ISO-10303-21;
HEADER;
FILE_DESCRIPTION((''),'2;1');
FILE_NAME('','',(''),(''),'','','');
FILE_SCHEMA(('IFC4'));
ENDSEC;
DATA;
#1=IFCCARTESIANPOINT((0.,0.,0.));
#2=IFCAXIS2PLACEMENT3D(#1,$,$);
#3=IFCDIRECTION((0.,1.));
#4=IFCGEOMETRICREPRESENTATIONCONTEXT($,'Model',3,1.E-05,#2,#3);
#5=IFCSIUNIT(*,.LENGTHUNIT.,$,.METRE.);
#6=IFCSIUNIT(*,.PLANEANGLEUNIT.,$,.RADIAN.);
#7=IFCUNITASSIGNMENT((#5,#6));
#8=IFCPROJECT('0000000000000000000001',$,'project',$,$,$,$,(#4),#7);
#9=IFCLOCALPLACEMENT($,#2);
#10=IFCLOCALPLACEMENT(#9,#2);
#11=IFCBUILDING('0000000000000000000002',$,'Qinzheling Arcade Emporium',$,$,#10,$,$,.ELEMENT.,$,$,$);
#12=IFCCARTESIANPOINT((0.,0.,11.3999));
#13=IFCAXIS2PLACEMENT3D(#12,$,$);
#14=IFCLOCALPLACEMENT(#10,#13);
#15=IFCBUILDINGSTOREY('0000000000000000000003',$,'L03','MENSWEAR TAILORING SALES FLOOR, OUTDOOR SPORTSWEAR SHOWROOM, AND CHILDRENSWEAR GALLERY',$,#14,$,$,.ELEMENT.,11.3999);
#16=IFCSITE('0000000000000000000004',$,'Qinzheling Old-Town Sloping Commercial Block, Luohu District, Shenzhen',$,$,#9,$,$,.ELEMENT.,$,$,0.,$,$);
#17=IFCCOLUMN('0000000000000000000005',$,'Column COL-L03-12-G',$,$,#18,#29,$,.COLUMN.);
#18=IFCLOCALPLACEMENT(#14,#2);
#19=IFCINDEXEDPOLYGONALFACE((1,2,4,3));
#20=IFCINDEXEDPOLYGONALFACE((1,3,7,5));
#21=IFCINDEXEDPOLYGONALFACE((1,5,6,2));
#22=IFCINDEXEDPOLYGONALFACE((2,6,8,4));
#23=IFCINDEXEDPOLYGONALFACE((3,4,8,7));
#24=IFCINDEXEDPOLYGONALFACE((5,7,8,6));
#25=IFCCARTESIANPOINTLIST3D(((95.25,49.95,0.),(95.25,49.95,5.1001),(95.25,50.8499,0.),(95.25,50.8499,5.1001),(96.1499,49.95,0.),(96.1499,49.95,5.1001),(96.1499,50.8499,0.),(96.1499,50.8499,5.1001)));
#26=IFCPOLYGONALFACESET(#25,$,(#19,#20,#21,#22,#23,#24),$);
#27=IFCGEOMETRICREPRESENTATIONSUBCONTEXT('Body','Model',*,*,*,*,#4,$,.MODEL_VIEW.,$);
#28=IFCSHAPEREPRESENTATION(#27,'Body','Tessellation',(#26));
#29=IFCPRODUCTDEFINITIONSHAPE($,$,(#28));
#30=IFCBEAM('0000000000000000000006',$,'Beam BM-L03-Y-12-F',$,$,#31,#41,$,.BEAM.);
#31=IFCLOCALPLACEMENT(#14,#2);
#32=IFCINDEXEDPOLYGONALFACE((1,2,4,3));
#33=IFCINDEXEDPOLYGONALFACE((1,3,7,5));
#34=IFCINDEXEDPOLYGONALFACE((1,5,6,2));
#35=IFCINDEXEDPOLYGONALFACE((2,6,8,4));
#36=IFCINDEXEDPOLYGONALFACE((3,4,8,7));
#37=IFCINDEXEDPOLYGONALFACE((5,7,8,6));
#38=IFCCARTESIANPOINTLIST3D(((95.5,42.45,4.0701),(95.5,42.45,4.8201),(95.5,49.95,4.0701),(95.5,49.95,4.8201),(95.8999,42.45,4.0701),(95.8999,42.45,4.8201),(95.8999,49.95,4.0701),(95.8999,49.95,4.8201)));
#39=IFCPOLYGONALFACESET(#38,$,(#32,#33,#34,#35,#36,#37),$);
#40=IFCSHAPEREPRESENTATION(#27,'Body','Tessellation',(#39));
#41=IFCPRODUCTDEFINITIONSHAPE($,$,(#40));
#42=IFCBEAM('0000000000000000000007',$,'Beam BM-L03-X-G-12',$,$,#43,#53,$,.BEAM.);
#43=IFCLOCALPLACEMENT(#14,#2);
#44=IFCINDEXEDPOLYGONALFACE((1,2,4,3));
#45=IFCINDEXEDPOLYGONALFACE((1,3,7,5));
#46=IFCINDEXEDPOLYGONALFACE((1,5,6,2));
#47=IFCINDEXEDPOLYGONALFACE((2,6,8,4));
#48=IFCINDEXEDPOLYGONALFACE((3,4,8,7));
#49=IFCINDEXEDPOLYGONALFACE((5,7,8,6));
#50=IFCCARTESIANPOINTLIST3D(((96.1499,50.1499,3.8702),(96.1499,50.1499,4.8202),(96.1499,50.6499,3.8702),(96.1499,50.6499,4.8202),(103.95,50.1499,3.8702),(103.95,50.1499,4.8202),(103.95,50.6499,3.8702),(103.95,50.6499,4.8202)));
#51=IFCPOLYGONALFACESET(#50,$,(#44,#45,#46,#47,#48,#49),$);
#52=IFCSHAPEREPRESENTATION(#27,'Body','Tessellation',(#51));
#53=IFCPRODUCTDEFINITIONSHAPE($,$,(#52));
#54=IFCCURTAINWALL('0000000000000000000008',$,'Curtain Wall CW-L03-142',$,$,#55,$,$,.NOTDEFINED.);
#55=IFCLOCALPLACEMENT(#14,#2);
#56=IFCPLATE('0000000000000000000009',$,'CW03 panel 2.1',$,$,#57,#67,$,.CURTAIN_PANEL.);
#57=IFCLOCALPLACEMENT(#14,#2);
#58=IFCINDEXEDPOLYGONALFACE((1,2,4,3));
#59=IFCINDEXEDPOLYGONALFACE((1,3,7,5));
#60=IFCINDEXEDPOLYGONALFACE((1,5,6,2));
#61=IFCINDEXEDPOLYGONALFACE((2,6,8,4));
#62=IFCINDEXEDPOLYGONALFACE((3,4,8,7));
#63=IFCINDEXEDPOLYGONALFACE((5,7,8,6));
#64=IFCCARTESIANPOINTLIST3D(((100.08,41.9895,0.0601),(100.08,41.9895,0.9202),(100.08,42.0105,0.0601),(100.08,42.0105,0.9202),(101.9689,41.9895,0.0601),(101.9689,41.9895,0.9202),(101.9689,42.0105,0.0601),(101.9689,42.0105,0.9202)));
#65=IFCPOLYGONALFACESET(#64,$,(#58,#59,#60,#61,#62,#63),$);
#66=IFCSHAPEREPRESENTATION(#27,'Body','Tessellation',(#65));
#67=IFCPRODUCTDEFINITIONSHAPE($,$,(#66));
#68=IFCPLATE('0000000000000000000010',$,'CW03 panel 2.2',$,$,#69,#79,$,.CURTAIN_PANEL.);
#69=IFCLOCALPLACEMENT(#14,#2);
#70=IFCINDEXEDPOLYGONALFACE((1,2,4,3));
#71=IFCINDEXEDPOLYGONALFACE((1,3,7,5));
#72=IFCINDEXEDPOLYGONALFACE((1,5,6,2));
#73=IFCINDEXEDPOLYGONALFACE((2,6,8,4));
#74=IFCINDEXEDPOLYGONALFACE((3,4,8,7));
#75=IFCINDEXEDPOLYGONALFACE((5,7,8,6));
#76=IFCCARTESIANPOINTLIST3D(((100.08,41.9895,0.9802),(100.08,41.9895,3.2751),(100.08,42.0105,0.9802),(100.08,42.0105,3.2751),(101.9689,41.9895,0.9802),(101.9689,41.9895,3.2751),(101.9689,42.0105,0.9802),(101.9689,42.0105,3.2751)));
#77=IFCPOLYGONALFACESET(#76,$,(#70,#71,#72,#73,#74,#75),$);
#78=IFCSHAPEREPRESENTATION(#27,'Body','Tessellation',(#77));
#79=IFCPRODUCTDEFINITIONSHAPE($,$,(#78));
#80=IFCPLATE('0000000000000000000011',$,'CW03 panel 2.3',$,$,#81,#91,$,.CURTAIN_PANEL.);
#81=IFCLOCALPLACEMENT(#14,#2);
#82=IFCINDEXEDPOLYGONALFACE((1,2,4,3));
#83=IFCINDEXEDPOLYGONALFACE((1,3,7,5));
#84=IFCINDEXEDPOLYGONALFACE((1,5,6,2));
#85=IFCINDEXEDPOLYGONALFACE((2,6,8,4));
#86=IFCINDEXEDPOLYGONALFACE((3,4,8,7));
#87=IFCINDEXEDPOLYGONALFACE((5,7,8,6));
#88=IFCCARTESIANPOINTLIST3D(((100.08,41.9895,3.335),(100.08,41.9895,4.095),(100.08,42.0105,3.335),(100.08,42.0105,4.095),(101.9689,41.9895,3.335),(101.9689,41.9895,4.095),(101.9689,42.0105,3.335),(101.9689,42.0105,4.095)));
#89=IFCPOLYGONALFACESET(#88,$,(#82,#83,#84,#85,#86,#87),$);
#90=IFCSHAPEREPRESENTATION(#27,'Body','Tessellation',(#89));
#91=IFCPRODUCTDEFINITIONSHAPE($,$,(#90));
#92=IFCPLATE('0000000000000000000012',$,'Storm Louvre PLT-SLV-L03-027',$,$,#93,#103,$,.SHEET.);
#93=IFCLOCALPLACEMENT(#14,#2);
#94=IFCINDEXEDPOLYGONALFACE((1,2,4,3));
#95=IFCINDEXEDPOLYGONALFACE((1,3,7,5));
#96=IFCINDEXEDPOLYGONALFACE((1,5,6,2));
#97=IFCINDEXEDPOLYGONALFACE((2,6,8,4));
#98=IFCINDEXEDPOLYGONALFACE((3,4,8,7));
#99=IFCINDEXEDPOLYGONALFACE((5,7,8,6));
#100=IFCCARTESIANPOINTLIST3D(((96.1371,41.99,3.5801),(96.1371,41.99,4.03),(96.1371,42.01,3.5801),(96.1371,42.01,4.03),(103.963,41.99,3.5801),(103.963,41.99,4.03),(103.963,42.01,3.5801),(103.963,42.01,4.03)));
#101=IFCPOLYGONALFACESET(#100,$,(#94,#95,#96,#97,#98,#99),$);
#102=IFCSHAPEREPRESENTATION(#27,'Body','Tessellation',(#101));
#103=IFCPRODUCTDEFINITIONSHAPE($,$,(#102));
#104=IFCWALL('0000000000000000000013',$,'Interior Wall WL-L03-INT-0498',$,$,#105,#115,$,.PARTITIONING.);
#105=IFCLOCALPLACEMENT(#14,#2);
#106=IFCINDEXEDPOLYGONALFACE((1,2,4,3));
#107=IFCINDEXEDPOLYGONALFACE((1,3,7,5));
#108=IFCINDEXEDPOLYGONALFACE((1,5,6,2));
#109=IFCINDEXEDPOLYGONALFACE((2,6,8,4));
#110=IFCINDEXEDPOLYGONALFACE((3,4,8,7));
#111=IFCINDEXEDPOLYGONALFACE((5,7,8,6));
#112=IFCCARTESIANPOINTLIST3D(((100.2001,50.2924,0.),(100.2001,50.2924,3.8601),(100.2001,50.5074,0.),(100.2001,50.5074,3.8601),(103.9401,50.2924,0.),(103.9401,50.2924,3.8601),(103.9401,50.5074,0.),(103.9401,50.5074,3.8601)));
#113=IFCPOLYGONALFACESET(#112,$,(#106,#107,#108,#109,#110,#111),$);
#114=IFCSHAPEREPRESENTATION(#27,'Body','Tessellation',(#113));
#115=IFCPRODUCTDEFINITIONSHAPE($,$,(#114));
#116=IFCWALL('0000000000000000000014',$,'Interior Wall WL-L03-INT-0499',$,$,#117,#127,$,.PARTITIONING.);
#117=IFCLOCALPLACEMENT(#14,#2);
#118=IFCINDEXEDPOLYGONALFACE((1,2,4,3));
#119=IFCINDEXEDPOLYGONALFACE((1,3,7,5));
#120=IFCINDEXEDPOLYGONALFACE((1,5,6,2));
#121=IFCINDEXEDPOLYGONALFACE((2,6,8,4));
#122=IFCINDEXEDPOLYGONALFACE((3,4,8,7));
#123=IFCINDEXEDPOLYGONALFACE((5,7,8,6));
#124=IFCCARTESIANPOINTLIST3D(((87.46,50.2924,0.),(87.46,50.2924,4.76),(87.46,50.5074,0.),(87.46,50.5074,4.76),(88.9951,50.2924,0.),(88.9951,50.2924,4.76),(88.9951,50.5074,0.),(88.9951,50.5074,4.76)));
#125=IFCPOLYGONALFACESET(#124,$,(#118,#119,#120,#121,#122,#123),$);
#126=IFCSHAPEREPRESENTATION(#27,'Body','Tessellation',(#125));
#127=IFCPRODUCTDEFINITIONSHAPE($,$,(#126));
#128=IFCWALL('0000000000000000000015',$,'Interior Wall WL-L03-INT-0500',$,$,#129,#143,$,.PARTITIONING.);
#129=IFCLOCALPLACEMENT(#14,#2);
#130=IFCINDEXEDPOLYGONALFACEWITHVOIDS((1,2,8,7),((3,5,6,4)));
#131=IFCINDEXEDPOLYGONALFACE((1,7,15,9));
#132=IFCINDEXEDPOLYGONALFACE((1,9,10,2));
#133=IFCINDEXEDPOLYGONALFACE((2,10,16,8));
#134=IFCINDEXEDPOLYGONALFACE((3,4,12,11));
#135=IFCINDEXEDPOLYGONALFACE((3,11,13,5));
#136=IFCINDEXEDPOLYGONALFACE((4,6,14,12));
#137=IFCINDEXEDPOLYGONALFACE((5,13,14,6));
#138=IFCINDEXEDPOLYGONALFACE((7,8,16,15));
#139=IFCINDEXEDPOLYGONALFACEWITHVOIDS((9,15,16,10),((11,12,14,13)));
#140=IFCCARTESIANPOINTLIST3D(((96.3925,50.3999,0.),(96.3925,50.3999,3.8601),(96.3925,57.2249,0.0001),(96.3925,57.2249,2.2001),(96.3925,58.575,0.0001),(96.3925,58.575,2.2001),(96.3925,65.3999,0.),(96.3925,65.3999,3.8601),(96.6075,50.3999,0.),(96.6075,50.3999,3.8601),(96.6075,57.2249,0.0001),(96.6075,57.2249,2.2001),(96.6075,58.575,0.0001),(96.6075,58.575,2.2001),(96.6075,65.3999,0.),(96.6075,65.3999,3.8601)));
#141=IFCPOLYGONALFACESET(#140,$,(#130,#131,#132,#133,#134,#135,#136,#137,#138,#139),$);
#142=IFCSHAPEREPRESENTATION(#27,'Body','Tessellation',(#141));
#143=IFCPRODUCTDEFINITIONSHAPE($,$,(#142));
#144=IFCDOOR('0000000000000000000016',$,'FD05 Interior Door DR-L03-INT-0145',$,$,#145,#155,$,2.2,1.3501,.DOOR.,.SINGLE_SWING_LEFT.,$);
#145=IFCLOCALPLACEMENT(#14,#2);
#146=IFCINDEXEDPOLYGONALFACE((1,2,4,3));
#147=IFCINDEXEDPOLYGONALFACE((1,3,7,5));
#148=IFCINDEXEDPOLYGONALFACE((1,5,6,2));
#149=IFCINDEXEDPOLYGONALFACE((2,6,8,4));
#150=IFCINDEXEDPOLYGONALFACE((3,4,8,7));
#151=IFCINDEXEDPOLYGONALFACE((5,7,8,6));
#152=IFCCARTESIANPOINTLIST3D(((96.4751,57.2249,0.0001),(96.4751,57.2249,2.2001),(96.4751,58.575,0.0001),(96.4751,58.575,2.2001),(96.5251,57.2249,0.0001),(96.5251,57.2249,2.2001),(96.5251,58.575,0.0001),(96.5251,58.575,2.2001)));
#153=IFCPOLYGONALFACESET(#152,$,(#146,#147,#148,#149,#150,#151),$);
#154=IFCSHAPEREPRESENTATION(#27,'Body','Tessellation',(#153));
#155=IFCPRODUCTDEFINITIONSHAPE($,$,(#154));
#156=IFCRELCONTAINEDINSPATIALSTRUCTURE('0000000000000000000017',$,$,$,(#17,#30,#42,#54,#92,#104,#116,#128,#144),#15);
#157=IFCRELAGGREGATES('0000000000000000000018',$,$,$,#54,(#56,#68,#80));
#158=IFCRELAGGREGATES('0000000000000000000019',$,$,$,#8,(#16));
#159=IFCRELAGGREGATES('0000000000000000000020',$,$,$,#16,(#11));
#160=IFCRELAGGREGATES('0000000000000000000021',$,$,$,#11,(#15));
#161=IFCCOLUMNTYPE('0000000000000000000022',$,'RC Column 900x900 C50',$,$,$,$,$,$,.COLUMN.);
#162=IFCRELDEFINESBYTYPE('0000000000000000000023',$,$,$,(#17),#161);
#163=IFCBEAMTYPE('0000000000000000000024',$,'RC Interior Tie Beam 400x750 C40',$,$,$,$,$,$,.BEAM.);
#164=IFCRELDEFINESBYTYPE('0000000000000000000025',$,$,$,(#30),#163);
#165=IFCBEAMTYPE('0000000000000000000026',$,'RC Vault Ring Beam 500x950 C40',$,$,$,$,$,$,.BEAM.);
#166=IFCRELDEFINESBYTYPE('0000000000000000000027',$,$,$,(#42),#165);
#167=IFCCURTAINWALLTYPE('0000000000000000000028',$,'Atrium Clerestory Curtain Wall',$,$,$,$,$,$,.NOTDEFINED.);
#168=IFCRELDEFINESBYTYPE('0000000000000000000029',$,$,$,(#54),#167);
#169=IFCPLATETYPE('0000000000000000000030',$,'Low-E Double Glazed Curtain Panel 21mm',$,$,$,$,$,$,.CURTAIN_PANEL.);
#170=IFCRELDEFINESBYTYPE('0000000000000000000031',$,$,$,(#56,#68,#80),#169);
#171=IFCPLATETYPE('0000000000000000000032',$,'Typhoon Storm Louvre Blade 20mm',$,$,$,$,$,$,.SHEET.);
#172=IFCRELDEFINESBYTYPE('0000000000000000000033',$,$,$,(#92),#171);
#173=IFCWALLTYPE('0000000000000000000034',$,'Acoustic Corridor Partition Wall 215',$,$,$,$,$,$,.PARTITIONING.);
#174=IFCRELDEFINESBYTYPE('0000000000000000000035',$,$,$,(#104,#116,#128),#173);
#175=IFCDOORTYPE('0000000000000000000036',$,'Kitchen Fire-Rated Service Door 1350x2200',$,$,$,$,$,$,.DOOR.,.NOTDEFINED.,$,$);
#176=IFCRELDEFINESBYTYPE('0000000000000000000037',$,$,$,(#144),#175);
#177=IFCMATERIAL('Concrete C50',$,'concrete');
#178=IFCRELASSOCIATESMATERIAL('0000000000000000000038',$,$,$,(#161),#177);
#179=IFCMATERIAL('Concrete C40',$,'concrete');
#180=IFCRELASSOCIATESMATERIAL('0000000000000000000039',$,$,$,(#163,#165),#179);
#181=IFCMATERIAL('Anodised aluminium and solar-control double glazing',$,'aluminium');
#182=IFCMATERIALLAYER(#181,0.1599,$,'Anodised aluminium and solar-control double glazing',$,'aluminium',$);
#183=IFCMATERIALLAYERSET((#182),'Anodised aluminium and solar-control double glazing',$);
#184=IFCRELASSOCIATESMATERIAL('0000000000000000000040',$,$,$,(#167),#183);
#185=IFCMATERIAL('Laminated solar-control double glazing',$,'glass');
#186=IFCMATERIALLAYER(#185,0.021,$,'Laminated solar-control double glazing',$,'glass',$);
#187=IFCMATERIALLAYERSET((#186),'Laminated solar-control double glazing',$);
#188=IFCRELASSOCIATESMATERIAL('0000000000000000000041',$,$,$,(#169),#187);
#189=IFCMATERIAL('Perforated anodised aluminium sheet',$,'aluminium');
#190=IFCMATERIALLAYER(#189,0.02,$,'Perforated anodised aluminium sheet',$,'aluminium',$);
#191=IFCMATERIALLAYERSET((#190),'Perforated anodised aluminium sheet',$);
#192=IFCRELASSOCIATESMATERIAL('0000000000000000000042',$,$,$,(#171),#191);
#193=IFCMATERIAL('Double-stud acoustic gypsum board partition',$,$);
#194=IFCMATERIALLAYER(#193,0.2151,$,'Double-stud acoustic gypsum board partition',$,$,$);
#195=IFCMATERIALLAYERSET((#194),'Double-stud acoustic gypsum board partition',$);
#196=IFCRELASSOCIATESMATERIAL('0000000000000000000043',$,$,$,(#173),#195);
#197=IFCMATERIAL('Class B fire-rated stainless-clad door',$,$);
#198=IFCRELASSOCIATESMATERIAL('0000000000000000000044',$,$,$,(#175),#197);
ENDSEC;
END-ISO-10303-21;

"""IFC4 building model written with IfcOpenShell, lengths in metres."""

from ifc_helpers import new_model, si_unit, direction, frame, frame_2d, origin, origin_2d, place, context, subcontext, project, spatial, rectangle, extrude, material, layer, layer_set, material_profile, profile_set, type_object, element, fill, aggregate, save


model = new_model("IFC4")

# Units and contexts
model_context = context("Model", 3, precision=1e-05, world=origin(), true_north=direction((0.0, 1.0)))
body_context = subcontext(model_context, "Body", "Model", "MODEL_VIEW")
ifc_project = project(units=[si_unit("LENGTHUNIT", "METRE"), si_unit("PLANEANGLEUNIT", "RADIAN")], contexts=[model_context])

# Site, building, storey
site_placement = place(None, origin())
site = spatial("IfcSite", under=ifc_project, at=site_placement, Name="Qinzheling Old-Town Sloping Commercial Block, Luohu District, Shenzhen", CompositionType="ELEMENT", RefElevation=0.0)
building_placement = place(site_placement, origin())
building = spatial("IfcBuilding", under=site, at=building_placement, Name="Qinzheling Arcade Emporium", CompositionType="ELEMENT")
storey_placement = place(building_placement, frame((0.0, 0.0, 11.3999)))
storey = spatial("IfcBuildingStorey", under=building, at=storey_placement, Name="L03", Description="MENSWEAR TAILORING SALES FLOOR, OUTDOOR SPORTSWEAR SHOWROOM, AND CHILDRENSWEAR GALLERY", CompositionType="ELEMENT", Elevation=11.3999)

# Column
ifc_material_1 = material(Name="Concrete C50", Category="concrete")
ifc_material_profile_1 = material_profile(ifc_material_1, rectangle(XDim=0.8999, YDim=0.8999, at=origin_2d()), Name="RC 900x900", Category="concrete")
ifc_profile_set_1 = profile_set([ifc_material_profile_1], Name="Concrete C50")
column_type = type_object("IfcColumnType", Name="RC Column 900x900 C50", PredefinedType="COLUMN", material=ifc_profile_set_1)
column_placement = place(storey_placement, frame((95.7, 50.3999, 0.0), z_axis=(0.0, 0.0, 1.0), x_axis=(1.0, 0.0, 0.0)))
element("IfcColumn", 1, at=column_placement, inside=storey, type_object=column_type, Name="Column COL-L03-12-G", PredefinedType="COLUMN", context=body_context, shape_type="SweptSolid", body=[
    extrude(rectangle(XDim=0.8999, YDim=0.8999, at=origin_2d()), origin(), (0.0, 0.0, 1.0), 5.1001),
])

# Beams
ifc_material_2 = material(Name="Concrete C40", Category="concrete")
ifc_material_profile_2 = material_profile(ifc_material_2, rectangle(XDim=0.3999, YDim=0.75, at=origin_2d()), Name="RC 400x750", Category="concrete")
ifc_profile_set_2 = profile_set([ifc_material_profile_2], Name="Concrete C40")
beam_type_1 = type_object("IfcBeamType", Name="RC Interior Tie Beam 400x750 C40", PredefinedType="BEAM", material=ifc_profile_set_2)
beam_1_placement = place(storey_placement, frame((95.7, 42.45, 4.4451), z_axis=(0.0, 1.0, 0.0), x_axis=(-1.0, 0.0, 0.0)))
element("IfcBeam", 2, at=beam_1_placement, inside=storey, type_object=beam_type_1, Name="Beam BM-L03-Y-12-F", PredefinedType="BEAM", context=body_context, shape_type="SweptSolid", body=[
    extrude(rectangle(XDim=0.3999, YDim=0.75, at=origin_2d()), origin(), (0.0, 0.0, 1.0), 7.5),
])
ifc_material_profile_3 = material_profile(ifc_material_2, rectangle(XDim=0.5, YDim=0.95, at=origin_2d()), Name="RC 500x950", Category="concrete")
ifc_profile_set_3 = profile_set([ifc_material_profile_3], Name="Concrete C40")
beam_type_2 = type_object("IfcBeamType", Name="RC Vault Ring Beam 500x950 C40", PredefinedType="BEAM", material=ifc_profile_set_3)
beam_2_placement = place(storey_placement, frame((96.1499, 50.3999, 4.3452), z_axis=(1.0, 0.0, 0.0), x_axis=(0.0, 1.0, 0.0)))
element("IfcBeam", 3, at=beam_2_placement, inside=storey, type_object=beam_type_2, Name="Beam BM-L03-X-G-12", PredefinedType="BEAM", context=body_context, shape_type="SweptSolid", body=[
    extrude(rectangle(XDim=0.5, YDim=0.95, at=origin_2d()), origin(), (0.0, 0.0, 1.0), 7.8),
])

# Curtain wall, plates
ifc_material_3 = material(Name="Anodised aluminium and solar-control double glazing", Category="aluminium")
ifc_layer_1 = layer(ifc_material_3, 0.1599, Name="Anodised aluminium and solar-control double glazing", Category="aluminium")
ifc_layer_set_1 = layer_set([ifc_layer_1], Name="Anodised aluminium and solar-control double glazing")
curtain_wall_type = type_object("IfcCurtainWallType", Name="Atrium Clerestory Curtain Wall", PredefinedType="NOTDEFINED", material=ifc_layer_set_1)
curtain_wall_placement = place(storey_placement, origin())
curtain_wall = element("IfcCurtainWall", 4, at=curtain_wall_placement, inside=storey, type_object=curtain_wall_type, Name="Curtain Wall CW-L03-142", PredefinedType="NOTDEFINED")
ifc_material_4 = material(Name="Laminated solar-control double glazing", Category="glass")
ifc_layer_2 = layer(ifc_material_4, 0.021, Name="Laminated solar-control double glazing", Category="glass")
ifc_layer_set_2 = layer_set([ifc_layer_2], Name="Laminated solar-control double glazing")
plate_type_1 = type_object("IfcPlateType", Name="Low-E Double Glazed Curtain Panel 21mm", PredefinedType="CURTAIN_PANEL", material=ifc_layer_set_2)
plate_1_placement = place(storey_placement, frame((101.0244, 42.0, 0.0601), z_axis=(0.0, 0.0, 1.0), x_axis=(-1.0, 0.0, 0.0)))
plate_1 = element("IfcPlate", 5, at=plate_1_placement, type_object=plate_type_1, Name="CW03 panel 2.1", PredefinedType="CURTAIN_PANEL", context=body_context, shape_type="SweptSolid", body=[
    extrude(rectangle(XDim=1.8889, YDim=0.021, at=origin_2d()), origin(), (0.0, 0.0, 1.0), 0.8601),
])
plate_2_placement = place(storey_placement, frame((101.0244, 42.0, 0.9802), z_axis=(0.0, 0.0, 1.0), x_axis=(-1.0, 0.0, 0.0)))
plate_2 = element("IfcPlate", 6, at=plate_2_placement, type_object=plate_type_1, Name="CW03 panel 2.2", PredefinedType="CURTAIN_PANEL", context=body_context, shape_type="SweptSolid", body=[
    extrude(rectangle(XDim=1.8889, YDim=0.021, at=origin_2d()), origin(), (0.0, 0.0, 1.0), 2.2949),
])
plate_3_placement = place(storey_placement, frame((101.0244, 42.0, 3.335), z_axis=(0.0, 0.0, 1.0), x_axis=(-1.0, 0.0, 0.0)))
plate_3 = element("IfcPlate", 7, at=plate_3_placement, type_object=plate_type_1, Name="CW03 panel 2.3", PredefinedType="CURTAIN_PANEL", context=body_context, shape_type="SweptSolid", body=[
    extrude(rectangle(XDim=1.8889, YDim=0.021, at=origin_2d()), origin(), (0.0, 0.0, 1.0), 0.76),
])
aggregate(curtain_wall, [plate_1, plate_2, plate_3])

# Plate
ifc_material_5 = material(Name="Perforated anodised aluminium sheet", Category="aluminium")
ifc_layer_3 = layer(ifc_material_5, 0.02, Name="Perforated anodised aluminium sheet", Category="aluminium")
ifc_layer_set_3 = layer_set([ifc_layer_3], Name="Perforated anodised aluminium sheet")
plate_type_2 = type_object("IfcPlateType", Name="Typhoon Storm Louvre Blade 20mm", PredefinedType="SHEET", material=ifc_layer_set_3)
plate_4_placement = place(storey_placement, frame((100.05, 42.0, 3.5801), z_axis=(0.0, 0.0, 1.0), x_axis=(-1.0, 0.0, 0.0)))
element("IfcPlate", 8, at=plate_4_placement, inside=storey, type_object=plate_type_2, Name="Storm Louvre PLT-SLV-L03-027", PredefinedType="SHEET", context=body_context, shape_type="SweptSolid", body=[
    extrude(rectangle(XDim=7.8259, YDim=0.02, at=origin_2d()), origin(), (0.0, 0.0, 1.0), 0.45),
])

# Walls
ifc_material_6 = material(Name="Double-stud acoustic gypsum board partition")
ifc_layer_4 = layer(ifc_material_6, 0.2151, Name="Double-stud acoustic gypsum board partition")
ifc_layer_set_4 = layer_set([ifc_layer_4], Name="Double-stud acoustic gypsum board partition")
wall_type = type_object("IfcWallType", Name="Acoustic Corridor Partition Wall 215", PredefinedType="PARTITIONING", material=ifc_layer_set_4)
wall_1_placement = place(storey_placement, frame((100.2, 50.3999, 0.0), z_axis=(0.0, 0.0, 1.0), x_axis=(1.0, 0.0, 0.0)))
element("IfcWall", 9, at=wall_1_placement, inside=storey, type_object=wall_type, Name="Interior Wall WL-L03-INT-0498", PredefinedType="PARTITIONING", context=body_context, shape_type="SweptSolid", body=[
    extrude(rectangle(XDim=3.74, YDim=0.2151, at=frame_2d((1.8701, 0.0))), origin(), (0.0, 0.0, 1.0), 3.8601),
])
wall_2_placement = place(storey_placement, frame((87.46, 50.3999, 0.0), z_axis=(0.0, 0.0, 1.0), x_axis=(1.0, 0.0, 0.0)))
element("IfcWall", 10, at=wall_2_placement, inside=storey, type_object=wall_type, Name="Interior Wall WL-L03-INT-0499", PredefinedType="PARTITIONING", context=body_context, shape_type="SweptSolid", body=[
    extrude(rectangle(XDim=1.5352, YDim=0.2151, at=frame_2d((0.7676, 0.0))), origin(), (0.0, 0.0, 1.0), 4.76),
])

# Wall, opening, door
wall_3_placement = place(storey_placement, frame((96.5, 50.3999, 0.0), z_axis=(0.0, 0.0, 1.0), x_axis=(0.0, 1.0, 0.0)))
wall_3 = element("IfcWall", 11, at=wall_3_placement, inside=storey, type_object=wall_type, Name="Interior Wall WL-L03-INT-0500", PredefinedType="PARTITIONING", context=body_context, shape_type="SweptSolid", body=[
    extrude(rectangle(XDim=15.0, YDim=0.2151, at=frame_2d((7.5, 0.0))), origin(), (0.0, 0.0, 1.0), 3.8601),
])
opening_placement = place(wall_3_placement, frame((6.825, 0.0, 0.0)))
opening = element("IfcOpeningElement", 12, at=opening_placement, cuts=wall_3, PredefinedType="OPENING", context=body_context, shape_type="SweptSolid", body=[
    extrude(rectangle(XDim=1.3501, YDim=2.2, at=frame_2d((0.675, 1.1001))), frame((0.0, 0.1177, 0.0), z_axis=(0.0, -1.0, 0.0), x_axis=(1.0, 0.0, 0.0)), (0.0, 0.0, 1.0), 0.2351),
])
ifc_material_7 = material(Name="Class B fire-rated stainless-clad door")
door_type = type_object("IfcDoorType", Name="Kitchen Fire-Rated Service Door 1350x2200", OperationType="NOTDEFINED", PredefinedType="DOOR", material=ifc_material_7)
door_placement = place(opening_placement, origin())
door = element("IfcDoor", 13, at=door_placement, inside=storey, type_object=door_type, Name="FD05 Interior Door DR-L03-INT-0145", OperationType="SINGLE_SWING_LEFT", OverallHeight=2.2, OverallWidth=1.3501, PredefinedType="DOOR", context=body_context, shape_type="SweptSolid", body=[
    extrude(rectangle(XDim=1.3501, YDim=2.2, at=frame_2d((0.675, 1.1001))), frame((0.0, 0.0249, 0.0), z_axis=(0.0, -1.0, 0.0), x_axis=(1.0, 0.0, 0.0)), (0.0, 0.0, 1.0), 0.05),
])
fill(opening, door)

save(model, "model.ifc")
